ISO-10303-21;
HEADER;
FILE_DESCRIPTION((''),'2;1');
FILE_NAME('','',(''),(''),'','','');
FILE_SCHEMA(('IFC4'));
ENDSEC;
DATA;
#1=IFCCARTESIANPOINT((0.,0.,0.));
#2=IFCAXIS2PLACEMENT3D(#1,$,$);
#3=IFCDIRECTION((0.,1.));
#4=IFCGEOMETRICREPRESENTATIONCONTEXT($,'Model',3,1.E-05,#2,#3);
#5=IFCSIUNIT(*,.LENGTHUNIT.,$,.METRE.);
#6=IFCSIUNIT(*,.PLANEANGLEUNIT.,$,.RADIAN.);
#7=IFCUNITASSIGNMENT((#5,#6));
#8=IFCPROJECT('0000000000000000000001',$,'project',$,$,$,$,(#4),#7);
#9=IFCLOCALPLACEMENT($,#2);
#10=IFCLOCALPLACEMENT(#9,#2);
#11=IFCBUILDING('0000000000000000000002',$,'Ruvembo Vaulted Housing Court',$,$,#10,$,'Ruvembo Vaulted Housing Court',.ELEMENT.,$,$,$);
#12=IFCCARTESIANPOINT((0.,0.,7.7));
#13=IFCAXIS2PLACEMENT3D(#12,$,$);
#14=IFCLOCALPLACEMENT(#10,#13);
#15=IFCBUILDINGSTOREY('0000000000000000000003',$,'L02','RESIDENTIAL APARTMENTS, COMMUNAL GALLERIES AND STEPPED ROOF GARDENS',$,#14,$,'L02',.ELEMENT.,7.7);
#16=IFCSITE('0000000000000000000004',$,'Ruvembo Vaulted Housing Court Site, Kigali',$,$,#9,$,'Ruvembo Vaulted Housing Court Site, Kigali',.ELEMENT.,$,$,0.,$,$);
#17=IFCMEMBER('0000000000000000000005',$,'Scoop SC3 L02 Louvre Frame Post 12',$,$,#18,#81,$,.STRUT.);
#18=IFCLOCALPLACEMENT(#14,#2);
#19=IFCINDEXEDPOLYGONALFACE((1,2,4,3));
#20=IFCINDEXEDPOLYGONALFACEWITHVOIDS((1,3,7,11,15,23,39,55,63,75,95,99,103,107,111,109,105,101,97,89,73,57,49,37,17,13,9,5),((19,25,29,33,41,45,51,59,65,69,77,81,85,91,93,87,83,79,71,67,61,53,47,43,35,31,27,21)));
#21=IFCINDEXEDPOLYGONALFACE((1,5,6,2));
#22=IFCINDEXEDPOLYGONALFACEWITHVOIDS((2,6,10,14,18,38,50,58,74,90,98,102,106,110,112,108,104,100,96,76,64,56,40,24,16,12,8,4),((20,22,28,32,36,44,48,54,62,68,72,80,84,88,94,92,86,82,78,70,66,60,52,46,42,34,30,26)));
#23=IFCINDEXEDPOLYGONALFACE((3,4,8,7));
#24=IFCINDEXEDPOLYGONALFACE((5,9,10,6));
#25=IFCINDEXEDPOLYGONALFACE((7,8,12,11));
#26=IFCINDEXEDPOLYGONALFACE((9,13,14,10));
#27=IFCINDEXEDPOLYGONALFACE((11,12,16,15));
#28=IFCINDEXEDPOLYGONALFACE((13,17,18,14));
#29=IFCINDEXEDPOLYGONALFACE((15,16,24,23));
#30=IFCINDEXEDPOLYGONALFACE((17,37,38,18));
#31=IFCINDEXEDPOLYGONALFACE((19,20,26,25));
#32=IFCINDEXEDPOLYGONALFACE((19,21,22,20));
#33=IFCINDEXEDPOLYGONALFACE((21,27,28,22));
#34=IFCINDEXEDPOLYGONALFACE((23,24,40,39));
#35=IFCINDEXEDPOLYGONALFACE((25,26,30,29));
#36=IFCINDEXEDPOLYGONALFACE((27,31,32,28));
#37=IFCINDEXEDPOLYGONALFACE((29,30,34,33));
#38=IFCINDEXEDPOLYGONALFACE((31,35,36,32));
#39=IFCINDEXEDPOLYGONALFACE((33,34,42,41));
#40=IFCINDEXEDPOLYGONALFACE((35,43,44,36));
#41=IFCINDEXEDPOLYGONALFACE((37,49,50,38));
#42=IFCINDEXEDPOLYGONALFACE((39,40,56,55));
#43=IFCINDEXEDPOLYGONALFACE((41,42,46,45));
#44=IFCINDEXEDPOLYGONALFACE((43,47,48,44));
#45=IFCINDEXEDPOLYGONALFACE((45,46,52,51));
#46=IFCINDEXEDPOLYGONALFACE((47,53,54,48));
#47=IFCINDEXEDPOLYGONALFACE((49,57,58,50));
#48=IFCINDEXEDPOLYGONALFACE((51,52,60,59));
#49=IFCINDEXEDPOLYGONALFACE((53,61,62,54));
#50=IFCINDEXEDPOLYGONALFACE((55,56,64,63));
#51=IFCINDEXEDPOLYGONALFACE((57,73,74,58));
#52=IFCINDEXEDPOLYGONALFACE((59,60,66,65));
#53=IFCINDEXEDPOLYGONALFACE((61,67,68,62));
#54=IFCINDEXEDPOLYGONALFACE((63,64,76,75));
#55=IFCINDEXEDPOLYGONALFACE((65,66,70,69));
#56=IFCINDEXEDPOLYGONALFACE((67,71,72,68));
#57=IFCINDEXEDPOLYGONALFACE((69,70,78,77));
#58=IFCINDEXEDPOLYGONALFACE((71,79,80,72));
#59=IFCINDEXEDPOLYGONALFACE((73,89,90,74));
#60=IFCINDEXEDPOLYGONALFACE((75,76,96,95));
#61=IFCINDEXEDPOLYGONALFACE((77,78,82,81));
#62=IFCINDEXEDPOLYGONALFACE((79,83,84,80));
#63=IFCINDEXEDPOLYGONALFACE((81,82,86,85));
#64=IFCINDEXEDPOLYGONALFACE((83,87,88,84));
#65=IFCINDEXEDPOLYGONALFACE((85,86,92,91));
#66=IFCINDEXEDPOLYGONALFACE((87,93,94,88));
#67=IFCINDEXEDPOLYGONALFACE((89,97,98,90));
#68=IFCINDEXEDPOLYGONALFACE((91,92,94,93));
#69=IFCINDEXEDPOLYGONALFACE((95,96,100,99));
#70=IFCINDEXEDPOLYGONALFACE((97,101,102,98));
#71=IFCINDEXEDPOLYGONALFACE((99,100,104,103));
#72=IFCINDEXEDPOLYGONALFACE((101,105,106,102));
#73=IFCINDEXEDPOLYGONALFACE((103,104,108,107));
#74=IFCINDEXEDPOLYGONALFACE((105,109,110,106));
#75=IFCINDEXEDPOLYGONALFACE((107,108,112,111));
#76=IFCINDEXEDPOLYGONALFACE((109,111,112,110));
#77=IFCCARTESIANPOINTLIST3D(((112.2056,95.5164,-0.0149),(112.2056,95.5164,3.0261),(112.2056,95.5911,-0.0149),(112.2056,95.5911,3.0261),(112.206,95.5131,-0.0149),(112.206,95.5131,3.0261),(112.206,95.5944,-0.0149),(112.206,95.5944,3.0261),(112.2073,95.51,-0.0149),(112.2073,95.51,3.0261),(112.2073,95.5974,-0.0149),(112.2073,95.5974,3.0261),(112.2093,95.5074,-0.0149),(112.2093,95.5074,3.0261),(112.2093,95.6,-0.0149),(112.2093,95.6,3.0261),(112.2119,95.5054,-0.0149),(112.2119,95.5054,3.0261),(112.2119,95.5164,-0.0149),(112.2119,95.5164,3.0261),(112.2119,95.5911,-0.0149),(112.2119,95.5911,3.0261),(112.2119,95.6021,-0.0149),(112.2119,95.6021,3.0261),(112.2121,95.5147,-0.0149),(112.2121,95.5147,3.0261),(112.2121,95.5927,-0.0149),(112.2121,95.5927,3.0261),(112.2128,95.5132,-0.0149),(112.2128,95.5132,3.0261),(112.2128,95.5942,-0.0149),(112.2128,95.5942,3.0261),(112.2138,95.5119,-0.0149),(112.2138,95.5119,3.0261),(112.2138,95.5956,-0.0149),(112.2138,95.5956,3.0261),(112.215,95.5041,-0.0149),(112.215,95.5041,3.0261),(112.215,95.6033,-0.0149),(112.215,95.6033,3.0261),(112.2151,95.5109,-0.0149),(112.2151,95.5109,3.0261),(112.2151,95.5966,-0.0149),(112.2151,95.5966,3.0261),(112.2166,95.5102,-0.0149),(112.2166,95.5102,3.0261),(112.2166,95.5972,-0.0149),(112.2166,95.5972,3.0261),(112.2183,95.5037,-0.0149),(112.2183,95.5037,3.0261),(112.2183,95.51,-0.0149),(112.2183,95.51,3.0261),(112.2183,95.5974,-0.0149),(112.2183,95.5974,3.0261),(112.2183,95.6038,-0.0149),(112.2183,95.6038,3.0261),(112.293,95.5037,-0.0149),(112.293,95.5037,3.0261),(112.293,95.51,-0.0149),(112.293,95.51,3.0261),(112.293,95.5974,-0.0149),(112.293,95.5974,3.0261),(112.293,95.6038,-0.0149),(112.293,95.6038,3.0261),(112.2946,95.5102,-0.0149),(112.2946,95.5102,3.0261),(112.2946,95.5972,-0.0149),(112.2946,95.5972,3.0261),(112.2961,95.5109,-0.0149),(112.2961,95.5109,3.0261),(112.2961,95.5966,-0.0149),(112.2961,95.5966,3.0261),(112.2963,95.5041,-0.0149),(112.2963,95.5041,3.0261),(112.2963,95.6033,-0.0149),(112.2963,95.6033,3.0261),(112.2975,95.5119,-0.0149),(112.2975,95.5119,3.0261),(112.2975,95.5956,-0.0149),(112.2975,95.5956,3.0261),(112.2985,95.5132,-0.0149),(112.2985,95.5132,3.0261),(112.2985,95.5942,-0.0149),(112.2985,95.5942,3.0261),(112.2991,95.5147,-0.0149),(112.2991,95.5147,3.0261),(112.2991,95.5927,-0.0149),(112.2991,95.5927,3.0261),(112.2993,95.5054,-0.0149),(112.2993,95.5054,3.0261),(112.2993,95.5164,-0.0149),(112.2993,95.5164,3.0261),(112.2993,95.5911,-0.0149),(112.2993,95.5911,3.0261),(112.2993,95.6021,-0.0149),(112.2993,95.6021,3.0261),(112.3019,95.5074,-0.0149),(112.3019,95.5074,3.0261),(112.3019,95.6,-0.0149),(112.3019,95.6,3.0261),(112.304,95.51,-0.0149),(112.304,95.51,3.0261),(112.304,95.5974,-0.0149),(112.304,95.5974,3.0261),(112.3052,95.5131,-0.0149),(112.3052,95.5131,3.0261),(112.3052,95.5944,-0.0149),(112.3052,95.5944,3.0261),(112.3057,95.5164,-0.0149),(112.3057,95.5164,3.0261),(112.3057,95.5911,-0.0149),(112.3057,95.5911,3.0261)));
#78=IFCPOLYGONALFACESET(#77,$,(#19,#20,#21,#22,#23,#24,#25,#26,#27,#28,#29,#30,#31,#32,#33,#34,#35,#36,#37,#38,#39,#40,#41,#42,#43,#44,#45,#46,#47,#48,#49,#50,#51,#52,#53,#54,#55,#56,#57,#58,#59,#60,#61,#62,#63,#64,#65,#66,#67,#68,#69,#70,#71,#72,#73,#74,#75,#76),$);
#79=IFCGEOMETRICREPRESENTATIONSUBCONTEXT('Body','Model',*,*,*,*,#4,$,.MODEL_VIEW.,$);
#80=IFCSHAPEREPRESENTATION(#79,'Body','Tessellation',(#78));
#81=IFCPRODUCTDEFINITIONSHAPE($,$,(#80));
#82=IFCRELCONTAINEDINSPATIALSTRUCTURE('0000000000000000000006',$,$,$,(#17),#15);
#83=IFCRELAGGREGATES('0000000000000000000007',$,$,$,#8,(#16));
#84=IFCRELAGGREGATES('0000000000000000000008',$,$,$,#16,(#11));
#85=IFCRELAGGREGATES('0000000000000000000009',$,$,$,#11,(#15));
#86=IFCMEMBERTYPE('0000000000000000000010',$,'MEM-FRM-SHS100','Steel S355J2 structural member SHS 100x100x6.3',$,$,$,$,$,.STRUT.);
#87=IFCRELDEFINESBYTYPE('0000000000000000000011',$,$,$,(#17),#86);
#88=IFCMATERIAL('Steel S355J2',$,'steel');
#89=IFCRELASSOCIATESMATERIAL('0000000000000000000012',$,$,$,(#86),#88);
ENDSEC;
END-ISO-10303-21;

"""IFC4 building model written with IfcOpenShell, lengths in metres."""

from ifc_helpers import new_model, si_unit, direction, frame, origin, origin_2d, place, context, subcontext, project, spatial, hollow_rectangle, extrude, material, material_profile, profile_set, type_object, element, save


model = new_model("IFC4")

# Units and contexts
model_context = context("Model", 3, precision=1e-05, world=origin(), true_north=direction((0.0, 1.0)))
body_context = subcontext(model_context, "Body", "Model", "MODEL_VIEW")
ifc_project = project(units=[si_unit("LENGTHUNIT", "METRE"), si_unit("PLANEANGLEUNIT", "RADIAN")], contexts=[model_context])

# Site, building, storey
site_placement = place(None, origin())
site = spatial("IfcSite", under=ifc_project, at=site_placement, Name="Ruvembo Vaulted Housing Court Site, Kigali", LongName="Ruvembo Vaulted Housing Court Site, Kigali", CompositionType="ELEMENT", RefElevation=0.0)
building_placement = place(site_placement, origin())
building = spatial("IfcBuilding", under=site, at=building_placement, Name="Ruvembo Vaulted Housing Court", LongName="Ruvembo Vaulted Housing Court", CompositionType="ELEMENT")
storey_placement = place(building_placement, frame((0.0, 0.0, 7.7)))
storey = spatial("IfcBuildingStorey", under=building, at=storey_placement, Name="L02", Description="RESIDENTIAL APARTMENTS, COMMUNAL GALLERIES AND STEPPED ROOF GARDENS", LongName="L02", CompositionType="ELEMENT", Elevation=7.7)

# Shared definitions
ifc_material_1 = material(Name="Steel S355J2", Category="steel")

# Member
ifc_material_profile_1 = material_profile(ifc_material_1, hollow_rectangle(XDim=0.1001, YDim=0.1001, WallThickness=0.0063, InnerFilletRadius=0.0063, OuterFilletRadius=0.0127, at=origin_2d()), Name="SHS 100x100x6.3")
ifc_profile_set_1 = profile_set([ifc_material_profile_1], Name="Steel S355J2")
member_type_1 = type_object("IfcMemberType", Name="MEM-FRM-SHS100", Description="Steel S355J2 structural member SHS 100x100x6.3", PredefinedType="STRUT", material=ifc_profile_set_1)
for number, where, z_axis, x_axis, name in (
    (1, (112.2556, 95.5537, -0.0149), (0.0, 0.0, 1.0), (1.0, 0.0, 0.0), "Scoop SC3 L02 Louvre Frame Post 12"),
):
    element("IfcMember", number, at=place(storey_placement, frame(where, z_axis=z_axis, x_axis=x_axis)), inside=storey, type_object=member_type_1, Name=name, PredefinedType="STRUT", context=body_context, shape_type="SweptSolid", body=[
        extrude(hollow_rectangle(XDim=0.1001, YDim=0.1001, WallThickness=0.0063, InnerFilletRadius=0.0063, OuterFilletRadius=0.0127, at=origin_2d()), origin(), (0.0, 0.0, 1.0), 3.041),
    ])

save(model, "model.ifc")
